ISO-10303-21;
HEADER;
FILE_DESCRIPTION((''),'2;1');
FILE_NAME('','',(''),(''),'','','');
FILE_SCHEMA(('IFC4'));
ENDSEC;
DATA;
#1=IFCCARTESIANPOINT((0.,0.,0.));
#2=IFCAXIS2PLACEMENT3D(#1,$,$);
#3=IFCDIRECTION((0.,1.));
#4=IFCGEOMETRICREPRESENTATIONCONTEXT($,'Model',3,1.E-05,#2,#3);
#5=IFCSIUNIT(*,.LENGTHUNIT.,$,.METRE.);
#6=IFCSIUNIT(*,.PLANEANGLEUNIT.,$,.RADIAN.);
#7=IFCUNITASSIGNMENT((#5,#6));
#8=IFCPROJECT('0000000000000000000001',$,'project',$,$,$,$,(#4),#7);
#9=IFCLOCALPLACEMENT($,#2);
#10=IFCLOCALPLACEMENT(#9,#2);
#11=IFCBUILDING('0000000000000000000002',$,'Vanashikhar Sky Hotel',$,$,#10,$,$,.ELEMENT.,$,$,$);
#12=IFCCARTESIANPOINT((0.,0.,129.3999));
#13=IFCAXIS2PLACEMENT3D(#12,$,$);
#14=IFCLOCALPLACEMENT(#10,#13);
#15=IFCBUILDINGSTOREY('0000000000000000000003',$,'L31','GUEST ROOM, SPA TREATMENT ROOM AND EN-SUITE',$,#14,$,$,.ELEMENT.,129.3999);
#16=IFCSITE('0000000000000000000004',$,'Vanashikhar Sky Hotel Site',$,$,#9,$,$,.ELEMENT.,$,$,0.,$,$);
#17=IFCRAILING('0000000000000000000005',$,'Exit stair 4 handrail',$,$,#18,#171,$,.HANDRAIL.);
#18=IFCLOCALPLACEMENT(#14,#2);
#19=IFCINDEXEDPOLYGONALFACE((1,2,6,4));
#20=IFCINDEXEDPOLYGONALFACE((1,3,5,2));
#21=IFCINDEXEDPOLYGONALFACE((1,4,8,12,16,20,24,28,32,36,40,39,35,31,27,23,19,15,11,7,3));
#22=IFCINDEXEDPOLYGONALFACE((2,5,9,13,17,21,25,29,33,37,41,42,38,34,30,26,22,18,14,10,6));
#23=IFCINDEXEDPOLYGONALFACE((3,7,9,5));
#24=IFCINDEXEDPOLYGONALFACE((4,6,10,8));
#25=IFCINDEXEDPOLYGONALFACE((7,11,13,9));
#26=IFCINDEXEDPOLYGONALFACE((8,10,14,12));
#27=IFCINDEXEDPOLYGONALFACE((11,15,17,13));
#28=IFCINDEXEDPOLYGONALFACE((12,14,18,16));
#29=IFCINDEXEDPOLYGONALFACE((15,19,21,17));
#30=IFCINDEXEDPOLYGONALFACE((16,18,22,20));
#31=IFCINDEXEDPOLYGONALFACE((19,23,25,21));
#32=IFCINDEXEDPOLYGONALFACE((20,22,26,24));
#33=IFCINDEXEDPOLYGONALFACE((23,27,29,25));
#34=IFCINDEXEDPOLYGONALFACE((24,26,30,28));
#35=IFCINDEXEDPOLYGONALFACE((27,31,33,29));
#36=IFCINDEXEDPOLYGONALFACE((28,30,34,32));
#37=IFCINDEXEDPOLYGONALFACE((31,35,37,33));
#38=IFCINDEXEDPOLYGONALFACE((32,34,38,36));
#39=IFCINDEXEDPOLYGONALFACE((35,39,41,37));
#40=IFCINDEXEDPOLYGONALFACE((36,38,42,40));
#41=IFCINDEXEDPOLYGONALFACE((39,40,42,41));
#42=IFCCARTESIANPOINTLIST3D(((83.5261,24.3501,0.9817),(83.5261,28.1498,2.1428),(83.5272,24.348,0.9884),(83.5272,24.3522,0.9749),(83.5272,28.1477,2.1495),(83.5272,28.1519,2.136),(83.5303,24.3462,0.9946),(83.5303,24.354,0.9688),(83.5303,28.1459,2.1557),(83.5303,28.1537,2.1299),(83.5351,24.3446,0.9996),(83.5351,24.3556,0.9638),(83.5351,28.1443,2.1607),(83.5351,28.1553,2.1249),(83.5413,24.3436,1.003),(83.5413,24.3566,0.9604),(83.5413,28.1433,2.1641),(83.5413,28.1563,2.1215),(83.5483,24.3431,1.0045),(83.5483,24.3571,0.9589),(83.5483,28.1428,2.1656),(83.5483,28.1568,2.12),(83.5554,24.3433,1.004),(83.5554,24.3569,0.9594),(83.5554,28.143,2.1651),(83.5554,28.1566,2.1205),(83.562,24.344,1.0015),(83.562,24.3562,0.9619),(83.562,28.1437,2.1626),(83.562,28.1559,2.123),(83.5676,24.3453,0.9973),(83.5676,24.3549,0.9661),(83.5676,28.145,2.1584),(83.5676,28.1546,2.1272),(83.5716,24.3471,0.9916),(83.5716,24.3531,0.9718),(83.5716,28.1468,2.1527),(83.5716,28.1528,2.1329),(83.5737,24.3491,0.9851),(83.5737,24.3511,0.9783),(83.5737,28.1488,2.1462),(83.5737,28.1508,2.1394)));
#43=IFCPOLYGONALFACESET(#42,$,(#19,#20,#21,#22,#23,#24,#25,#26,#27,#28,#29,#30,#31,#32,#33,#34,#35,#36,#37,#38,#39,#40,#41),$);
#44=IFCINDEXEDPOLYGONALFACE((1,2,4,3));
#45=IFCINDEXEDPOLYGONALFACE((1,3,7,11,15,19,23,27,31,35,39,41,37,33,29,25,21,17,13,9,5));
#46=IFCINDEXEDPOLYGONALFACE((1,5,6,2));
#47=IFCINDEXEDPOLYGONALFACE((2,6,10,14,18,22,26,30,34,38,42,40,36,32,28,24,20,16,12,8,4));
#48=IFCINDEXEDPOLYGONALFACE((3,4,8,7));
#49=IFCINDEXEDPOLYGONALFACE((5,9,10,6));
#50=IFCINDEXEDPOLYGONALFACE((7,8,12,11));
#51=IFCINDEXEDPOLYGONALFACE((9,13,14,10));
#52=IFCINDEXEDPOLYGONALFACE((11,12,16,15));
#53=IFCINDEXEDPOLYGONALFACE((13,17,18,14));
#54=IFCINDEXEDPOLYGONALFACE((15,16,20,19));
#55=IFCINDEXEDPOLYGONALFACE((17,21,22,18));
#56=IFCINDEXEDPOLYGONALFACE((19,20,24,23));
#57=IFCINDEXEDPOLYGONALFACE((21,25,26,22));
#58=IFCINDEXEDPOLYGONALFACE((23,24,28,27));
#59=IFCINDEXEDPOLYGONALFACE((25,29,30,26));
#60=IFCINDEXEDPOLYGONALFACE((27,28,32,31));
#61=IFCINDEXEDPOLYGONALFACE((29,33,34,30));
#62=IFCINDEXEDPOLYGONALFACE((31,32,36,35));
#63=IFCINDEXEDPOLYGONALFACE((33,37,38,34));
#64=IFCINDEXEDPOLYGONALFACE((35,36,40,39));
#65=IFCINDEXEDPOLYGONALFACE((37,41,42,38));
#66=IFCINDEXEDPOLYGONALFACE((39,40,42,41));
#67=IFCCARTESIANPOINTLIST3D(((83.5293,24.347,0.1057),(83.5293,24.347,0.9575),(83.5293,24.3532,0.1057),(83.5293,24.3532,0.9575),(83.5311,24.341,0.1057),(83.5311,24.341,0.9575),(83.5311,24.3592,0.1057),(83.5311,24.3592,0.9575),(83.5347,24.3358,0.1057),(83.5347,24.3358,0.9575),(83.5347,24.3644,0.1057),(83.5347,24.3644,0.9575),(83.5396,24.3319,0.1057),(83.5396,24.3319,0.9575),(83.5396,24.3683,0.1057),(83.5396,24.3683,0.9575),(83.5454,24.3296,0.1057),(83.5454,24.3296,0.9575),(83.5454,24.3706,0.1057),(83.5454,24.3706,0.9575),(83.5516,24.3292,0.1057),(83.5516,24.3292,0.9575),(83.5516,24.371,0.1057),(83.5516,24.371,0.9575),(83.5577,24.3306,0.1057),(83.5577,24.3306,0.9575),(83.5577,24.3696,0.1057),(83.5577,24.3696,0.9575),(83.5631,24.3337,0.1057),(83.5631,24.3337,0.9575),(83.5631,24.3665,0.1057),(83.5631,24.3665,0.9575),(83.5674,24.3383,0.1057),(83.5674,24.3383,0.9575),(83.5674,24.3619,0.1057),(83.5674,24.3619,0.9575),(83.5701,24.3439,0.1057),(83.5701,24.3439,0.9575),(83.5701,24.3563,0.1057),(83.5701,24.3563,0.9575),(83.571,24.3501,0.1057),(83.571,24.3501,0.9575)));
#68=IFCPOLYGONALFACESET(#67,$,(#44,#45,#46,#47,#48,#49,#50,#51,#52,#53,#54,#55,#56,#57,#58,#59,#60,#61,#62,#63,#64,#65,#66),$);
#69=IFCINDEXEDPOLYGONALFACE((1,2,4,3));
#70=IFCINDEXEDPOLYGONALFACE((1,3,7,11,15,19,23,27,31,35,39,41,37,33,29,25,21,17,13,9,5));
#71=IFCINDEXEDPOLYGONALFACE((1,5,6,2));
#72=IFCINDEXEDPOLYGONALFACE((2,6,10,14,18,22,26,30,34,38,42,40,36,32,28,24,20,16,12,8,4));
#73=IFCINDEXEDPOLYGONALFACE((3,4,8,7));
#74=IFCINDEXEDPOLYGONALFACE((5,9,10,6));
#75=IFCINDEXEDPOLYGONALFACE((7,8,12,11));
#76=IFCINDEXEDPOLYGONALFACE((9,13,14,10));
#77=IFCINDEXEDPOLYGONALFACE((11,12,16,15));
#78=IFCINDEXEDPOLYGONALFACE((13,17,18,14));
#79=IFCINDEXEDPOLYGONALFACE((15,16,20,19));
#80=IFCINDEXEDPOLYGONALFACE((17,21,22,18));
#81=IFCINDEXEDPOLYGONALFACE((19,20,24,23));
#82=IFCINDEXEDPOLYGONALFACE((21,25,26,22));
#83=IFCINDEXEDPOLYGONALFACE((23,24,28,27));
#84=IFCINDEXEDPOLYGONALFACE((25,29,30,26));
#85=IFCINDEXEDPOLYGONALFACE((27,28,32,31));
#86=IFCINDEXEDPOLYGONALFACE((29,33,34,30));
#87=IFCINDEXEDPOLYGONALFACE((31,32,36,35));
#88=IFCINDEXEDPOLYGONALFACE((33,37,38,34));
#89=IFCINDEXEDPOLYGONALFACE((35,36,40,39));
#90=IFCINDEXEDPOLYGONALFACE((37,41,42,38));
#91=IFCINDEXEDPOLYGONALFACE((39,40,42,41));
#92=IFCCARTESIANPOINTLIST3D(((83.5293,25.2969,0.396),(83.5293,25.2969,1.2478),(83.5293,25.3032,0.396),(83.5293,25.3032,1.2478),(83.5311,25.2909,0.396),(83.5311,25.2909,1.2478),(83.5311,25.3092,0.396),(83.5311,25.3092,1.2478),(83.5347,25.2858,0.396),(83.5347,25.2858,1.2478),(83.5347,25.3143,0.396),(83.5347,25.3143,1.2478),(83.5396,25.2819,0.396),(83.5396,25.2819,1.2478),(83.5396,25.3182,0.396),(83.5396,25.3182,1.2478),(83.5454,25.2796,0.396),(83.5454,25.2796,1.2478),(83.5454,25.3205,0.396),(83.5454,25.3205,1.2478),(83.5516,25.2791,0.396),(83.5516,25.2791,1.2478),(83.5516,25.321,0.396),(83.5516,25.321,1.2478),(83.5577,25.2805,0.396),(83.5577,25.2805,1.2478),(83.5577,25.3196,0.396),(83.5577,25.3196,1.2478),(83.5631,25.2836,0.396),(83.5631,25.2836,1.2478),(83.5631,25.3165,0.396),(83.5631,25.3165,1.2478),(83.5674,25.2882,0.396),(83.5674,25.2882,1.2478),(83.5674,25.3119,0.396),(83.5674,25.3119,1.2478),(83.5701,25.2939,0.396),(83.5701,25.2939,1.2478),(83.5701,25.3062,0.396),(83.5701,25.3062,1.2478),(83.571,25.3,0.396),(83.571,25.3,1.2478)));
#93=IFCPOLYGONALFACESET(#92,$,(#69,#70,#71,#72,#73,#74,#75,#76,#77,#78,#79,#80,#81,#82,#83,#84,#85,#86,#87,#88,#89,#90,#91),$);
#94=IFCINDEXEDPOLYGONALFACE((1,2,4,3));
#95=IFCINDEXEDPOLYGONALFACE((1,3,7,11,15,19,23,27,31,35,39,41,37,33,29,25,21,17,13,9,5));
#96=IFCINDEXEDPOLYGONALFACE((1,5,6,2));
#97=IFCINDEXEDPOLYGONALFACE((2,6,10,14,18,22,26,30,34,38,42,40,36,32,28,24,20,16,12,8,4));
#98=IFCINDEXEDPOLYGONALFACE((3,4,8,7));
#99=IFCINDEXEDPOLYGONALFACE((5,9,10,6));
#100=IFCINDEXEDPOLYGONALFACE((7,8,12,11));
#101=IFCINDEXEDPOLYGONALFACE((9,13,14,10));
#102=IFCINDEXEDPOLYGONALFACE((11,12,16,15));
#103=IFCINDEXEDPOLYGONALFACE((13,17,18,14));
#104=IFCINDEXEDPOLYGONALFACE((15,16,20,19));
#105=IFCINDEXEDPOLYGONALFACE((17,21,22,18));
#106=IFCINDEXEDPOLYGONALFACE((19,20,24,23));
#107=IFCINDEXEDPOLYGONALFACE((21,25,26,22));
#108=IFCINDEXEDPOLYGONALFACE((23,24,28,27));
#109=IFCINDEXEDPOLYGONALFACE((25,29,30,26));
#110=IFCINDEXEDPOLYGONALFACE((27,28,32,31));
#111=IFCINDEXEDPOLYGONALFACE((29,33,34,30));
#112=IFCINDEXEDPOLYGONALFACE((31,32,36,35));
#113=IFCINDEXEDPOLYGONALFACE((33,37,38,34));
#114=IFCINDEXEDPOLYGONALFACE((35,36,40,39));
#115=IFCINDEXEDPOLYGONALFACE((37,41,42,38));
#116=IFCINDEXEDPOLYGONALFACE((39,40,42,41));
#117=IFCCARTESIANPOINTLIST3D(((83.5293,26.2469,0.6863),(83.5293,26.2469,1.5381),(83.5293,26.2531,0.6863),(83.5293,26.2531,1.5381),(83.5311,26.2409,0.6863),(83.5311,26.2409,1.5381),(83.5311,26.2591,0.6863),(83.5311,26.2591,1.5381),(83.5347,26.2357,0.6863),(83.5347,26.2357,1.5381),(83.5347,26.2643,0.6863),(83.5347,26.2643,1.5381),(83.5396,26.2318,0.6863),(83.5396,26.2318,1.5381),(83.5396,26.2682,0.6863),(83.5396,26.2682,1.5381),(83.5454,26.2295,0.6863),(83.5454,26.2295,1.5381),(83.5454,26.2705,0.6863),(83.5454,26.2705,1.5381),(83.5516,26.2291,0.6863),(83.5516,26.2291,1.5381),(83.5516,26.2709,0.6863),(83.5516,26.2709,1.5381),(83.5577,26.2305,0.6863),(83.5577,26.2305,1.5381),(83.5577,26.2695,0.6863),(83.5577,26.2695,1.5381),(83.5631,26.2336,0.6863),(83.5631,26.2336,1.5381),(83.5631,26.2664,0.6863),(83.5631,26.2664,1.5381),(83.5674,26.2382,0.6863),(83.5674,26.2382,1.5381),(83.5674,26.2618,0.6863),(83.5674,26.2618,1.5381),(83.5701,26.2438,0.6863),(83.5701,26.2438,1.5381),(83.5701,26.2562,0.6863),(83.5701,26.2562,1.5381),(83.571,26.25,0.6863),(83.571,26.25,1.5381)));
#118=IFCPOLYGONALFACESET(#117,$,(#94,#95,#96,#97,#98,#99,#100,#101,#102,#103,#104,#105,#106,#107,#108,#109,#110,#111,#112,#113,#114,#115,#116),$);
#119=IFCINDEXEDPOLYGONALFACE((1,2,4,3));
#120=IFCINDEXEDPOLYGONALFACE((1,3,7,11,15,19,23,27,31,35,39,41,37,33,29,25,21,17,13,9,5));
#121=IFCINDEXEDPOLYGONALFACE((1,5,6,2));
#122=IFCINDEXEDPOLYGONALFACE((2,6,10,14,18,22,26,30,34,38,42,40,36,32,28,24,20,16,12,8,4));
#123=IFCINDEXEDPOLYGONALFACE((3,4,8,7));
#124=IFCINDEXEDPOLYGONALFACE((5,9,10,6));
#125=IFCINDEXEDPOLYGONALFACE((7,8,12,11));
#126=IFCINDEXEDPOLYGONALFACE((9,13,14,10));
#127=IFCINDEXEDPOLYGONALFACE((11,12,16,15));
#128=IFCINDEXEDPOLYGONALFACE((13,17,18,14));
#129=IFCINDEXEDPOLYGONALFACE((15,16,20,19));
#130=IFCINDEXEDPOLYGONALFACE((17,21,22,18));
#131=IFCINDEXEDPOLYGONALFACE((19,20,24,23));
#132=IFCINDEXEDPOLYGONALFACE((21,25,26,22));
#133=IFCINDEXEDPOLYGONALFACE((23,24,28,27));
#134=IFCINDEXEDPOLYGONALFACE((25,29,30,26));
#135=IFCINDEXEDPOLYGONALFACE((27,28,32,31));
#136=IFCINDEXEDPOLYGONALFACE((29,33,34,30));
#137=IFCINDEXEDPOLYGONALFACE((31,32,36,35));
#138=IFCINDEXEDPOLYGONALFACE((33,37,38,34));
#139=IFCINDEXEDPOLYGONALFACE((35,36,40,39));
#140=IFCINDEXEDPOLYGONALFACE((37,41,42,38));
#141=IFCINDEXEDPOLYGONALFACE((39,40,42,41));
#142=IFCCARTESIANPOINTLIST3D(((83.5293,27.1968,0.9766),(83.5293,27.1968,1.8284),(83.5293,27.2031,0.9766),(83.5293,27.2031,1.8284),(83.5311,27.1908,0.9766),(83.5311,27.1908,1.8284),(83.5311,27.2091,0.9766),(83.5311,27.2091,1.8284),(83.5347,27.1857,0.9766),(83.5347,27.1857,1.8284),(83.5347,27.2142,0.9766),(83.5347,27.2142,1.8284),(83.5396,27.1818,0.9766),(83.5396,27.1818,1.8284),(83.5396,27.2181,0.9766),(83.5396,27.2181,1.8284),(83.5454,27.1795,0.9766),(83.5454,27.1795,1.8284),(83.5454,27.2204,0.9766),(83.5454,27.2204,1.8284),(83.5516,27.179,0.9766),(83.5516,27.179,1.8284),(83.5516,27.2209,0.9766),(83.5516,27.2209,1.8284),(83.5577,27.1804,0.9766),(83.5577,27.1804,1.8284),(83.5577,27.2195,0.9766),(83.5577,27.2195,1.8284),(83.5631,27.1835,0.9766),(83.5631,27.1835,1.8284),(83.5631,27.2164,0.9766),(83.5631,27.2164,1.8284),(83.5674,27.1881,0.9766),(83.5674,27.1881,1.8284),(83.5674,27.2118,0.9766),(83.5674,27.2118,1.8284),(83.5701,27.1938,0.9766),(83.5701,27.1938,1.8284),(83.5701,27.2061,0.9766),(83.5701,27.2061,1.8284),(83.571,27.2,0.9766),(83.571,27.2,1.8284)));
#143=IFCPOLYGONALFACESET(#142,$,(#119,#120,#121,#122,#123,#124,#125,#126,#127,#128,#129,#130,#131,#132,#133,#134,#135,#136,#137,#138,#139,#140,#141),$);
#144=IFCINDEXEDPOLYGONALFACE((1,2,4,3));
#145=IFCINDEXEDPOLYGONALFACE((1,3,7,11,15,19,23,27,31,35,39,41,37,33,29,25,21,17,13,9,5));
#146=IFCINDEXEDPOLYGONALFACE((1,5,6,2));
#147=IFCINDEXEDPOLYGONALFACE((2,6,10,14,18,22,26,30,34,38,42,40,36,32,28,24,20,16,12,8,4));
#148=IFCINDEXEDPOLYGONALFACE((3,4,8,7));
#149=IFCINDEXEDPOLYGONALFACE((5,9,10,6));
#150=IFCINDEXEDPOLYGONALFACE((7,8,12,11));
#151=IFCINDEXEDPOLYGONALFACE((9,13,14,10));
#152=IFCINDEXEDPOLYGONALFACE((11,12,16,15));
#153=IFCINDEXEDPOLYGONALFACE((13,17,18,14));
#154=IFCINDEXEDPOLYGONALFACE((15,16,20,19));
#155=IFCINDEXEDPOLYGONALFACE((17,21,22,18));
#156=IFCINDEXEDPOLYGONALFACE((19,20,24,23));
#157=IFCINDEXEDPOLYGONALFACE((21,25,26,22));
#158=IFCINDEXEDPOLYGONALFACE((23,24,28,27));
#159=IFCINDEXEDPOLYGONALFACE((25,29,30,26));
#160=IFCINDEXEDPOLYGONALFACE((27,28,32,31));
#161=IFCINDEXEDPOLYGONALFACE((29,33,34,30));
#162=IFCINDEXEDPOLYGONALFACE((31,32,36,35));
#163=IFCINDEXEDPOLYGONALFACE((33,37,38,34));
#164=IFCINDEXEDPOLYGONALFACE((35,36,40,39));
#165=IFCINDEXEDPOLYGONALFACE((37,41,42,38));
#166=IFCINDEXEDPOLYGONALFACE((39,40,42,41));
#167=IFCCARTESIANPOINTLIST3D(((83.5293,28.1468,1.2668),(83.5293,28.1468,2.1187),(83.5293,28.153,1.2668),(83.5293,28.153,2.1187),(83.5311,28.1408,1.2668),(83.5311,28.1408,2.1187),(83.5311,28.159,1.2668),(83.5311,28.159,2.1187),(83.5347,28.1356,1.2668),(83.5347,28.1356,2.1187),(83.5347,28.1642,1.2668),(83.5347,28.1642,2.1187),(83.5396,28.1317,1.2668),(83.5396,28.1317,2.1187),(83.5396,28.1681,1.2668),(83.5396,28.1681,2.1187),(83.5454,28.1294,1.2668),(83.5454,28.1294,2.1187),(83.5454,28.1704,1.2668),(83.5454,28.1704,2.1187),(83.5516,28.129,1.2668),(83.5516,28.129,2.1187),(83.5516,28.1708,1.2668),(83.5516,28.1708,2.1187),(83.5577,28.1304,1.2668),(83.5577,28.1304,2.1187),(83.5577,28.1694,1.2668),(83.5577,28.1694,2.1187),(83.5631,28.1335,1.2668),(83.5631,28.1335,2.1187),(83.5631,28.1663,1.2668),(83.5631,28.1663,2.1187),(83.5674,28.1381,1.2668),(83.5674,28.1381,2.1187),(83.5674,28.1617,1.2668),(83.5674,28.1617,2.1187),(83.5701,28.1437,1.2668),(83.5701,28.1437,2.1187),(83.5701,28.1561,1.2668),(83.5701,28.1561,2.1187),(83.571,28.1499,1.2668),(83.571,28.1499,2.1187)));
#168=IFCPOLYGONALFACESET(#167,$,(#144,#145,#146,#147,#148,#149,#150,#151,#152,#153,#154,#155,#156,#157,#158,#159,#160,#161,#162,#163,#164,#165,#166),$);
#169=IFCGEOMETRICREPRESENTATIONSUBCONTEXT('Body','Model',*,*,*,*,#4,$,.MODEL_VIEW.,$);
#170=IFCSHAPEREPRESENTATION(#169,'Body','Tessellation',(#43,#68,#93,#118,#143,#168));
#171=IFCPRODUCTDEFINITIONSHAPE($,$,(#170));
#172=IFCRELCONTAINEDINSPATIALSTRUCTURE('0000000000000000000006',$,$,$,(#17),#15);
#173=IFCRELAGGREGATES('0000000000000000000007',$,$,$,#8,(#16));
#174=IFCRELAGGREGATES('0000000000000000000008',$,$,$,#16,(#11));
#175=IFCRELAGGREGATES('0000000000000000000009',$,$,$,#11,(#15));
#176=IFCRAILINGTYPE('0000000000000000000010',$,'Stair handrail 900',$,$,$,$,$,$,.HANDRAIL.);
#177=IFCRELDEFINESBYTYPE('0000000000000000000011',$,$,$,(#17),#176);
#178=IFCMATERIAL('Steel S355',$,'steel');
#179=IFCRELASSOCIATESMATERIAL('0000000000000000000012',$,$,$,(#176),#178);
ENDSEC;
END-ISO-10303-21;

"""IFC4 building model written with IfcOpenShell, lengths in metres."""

from ifc_helpers import new_model, si_unit, direction, frame, origin, origin_2d, place, context, subcontext, project, spatial, circle, extrude, source, transform, mapped, material, type_object, element, save


model = new_model("IFC4")

# Units and contexts
model_context = context("Model", 3, precision=1e-05, world=origin(), true_north=direction((0.0, 1.0)))
body_context = subcontext(model_context, "Body", "Model", "MODEL_VIEW")
ifc_project = project(units=[si_unit("LENGTHUNIT", "METRE"), si_unit("PLANEANGLEUNIT", "RADIAN")], contexts=[model_context])

# Site, building, storey
site_placement = place(None, origin())
site = spatial("IfcSite", under=ifc_project, at=site_placement, Name="Vanashikhar Sky Hotel Site", CompositionType="ELEMENT", RefElevation=0.0)
building_placement = place(site_placement, origin())
building = spatial("IfcBuilding", under=site, at=building_placement, Name="Vanashikhar Sky Hotel", CompositionType="ELEMENT")
storey_placement = place(building_placement, frame((0.0, 0.0, 129.3999)))
storey = spatial("IfcBuildingStorey", under=building, at=storey_placement, Name="L31", Description="GUEST ROOM, SPA TREATMENT ROOM AND EN-SUITE", CompositionType="ELEMENT", Elevation=129.3999)

# Railing
ifc_material_1 = material(Name="Steel S355", Category="steel")
railing_type_1 = type_object("IfcRailingType", Name="Stair handrail 900", PredefinedType="HANDRAIL", material=ifc_material_1)
shared_shape_1 = source(origin(), body_context, "Body", "SweptSolid", [
    extrude(circle(Radius=0.0239, at=origin_2d()), frame((0.0, 0.0, 0.876), z_axis=(0.0, 0.956346, 0.292237), x_axis=(-1.0, 0.0, 0.0)), (0.0, 0.0, 1.0), 3.9731),
    extrude(circle(Radius=0.021, at=origin_2d()), origin(), (0.0, 0.0, 1.0), 0.8518),
    extrude(circle(Radius=0.021, at=origin_2d()), frame((0.0, 0.95, 0.2903)), (0.0, 0.0, 1.0), 0.8518),
    extrude(circle(Radius=0.021, at=origin_2d()), frame((0.0, 1.8999, 0.5806)), (0.0, 0.0, 1.0), 0.8518),
    extrude(circle(Radius=0.021, at=origin_2d()), frame((0.0, 2.8499, 0.8708)), (0.0, 0.0, 1.0), 0.8518),
    extrude(circle(Radius=0.021, at=origin_2d()), frame((0.0, 3.7998, 1.1611)), (0.0, 0.0, 1.0), 0.8518),
])
for number, where, name in (
    (1, (83.55, 24.3501, 0.1057), "Exit stair 4 handrail"),
):
    element("IfcRailing", number, at=place(storey_placement, frame(where)), inside=storey, type_object=railing_type_1, Name=name, PredefinedType="HANDRAIL", context=body_context, shape_type="MappedRepresentation", body=[
        mapped(shared_shape_1, transform((0.0, 0.0, 0.0), scale=1.0)),
    ])

save(model, "model.ifc")
